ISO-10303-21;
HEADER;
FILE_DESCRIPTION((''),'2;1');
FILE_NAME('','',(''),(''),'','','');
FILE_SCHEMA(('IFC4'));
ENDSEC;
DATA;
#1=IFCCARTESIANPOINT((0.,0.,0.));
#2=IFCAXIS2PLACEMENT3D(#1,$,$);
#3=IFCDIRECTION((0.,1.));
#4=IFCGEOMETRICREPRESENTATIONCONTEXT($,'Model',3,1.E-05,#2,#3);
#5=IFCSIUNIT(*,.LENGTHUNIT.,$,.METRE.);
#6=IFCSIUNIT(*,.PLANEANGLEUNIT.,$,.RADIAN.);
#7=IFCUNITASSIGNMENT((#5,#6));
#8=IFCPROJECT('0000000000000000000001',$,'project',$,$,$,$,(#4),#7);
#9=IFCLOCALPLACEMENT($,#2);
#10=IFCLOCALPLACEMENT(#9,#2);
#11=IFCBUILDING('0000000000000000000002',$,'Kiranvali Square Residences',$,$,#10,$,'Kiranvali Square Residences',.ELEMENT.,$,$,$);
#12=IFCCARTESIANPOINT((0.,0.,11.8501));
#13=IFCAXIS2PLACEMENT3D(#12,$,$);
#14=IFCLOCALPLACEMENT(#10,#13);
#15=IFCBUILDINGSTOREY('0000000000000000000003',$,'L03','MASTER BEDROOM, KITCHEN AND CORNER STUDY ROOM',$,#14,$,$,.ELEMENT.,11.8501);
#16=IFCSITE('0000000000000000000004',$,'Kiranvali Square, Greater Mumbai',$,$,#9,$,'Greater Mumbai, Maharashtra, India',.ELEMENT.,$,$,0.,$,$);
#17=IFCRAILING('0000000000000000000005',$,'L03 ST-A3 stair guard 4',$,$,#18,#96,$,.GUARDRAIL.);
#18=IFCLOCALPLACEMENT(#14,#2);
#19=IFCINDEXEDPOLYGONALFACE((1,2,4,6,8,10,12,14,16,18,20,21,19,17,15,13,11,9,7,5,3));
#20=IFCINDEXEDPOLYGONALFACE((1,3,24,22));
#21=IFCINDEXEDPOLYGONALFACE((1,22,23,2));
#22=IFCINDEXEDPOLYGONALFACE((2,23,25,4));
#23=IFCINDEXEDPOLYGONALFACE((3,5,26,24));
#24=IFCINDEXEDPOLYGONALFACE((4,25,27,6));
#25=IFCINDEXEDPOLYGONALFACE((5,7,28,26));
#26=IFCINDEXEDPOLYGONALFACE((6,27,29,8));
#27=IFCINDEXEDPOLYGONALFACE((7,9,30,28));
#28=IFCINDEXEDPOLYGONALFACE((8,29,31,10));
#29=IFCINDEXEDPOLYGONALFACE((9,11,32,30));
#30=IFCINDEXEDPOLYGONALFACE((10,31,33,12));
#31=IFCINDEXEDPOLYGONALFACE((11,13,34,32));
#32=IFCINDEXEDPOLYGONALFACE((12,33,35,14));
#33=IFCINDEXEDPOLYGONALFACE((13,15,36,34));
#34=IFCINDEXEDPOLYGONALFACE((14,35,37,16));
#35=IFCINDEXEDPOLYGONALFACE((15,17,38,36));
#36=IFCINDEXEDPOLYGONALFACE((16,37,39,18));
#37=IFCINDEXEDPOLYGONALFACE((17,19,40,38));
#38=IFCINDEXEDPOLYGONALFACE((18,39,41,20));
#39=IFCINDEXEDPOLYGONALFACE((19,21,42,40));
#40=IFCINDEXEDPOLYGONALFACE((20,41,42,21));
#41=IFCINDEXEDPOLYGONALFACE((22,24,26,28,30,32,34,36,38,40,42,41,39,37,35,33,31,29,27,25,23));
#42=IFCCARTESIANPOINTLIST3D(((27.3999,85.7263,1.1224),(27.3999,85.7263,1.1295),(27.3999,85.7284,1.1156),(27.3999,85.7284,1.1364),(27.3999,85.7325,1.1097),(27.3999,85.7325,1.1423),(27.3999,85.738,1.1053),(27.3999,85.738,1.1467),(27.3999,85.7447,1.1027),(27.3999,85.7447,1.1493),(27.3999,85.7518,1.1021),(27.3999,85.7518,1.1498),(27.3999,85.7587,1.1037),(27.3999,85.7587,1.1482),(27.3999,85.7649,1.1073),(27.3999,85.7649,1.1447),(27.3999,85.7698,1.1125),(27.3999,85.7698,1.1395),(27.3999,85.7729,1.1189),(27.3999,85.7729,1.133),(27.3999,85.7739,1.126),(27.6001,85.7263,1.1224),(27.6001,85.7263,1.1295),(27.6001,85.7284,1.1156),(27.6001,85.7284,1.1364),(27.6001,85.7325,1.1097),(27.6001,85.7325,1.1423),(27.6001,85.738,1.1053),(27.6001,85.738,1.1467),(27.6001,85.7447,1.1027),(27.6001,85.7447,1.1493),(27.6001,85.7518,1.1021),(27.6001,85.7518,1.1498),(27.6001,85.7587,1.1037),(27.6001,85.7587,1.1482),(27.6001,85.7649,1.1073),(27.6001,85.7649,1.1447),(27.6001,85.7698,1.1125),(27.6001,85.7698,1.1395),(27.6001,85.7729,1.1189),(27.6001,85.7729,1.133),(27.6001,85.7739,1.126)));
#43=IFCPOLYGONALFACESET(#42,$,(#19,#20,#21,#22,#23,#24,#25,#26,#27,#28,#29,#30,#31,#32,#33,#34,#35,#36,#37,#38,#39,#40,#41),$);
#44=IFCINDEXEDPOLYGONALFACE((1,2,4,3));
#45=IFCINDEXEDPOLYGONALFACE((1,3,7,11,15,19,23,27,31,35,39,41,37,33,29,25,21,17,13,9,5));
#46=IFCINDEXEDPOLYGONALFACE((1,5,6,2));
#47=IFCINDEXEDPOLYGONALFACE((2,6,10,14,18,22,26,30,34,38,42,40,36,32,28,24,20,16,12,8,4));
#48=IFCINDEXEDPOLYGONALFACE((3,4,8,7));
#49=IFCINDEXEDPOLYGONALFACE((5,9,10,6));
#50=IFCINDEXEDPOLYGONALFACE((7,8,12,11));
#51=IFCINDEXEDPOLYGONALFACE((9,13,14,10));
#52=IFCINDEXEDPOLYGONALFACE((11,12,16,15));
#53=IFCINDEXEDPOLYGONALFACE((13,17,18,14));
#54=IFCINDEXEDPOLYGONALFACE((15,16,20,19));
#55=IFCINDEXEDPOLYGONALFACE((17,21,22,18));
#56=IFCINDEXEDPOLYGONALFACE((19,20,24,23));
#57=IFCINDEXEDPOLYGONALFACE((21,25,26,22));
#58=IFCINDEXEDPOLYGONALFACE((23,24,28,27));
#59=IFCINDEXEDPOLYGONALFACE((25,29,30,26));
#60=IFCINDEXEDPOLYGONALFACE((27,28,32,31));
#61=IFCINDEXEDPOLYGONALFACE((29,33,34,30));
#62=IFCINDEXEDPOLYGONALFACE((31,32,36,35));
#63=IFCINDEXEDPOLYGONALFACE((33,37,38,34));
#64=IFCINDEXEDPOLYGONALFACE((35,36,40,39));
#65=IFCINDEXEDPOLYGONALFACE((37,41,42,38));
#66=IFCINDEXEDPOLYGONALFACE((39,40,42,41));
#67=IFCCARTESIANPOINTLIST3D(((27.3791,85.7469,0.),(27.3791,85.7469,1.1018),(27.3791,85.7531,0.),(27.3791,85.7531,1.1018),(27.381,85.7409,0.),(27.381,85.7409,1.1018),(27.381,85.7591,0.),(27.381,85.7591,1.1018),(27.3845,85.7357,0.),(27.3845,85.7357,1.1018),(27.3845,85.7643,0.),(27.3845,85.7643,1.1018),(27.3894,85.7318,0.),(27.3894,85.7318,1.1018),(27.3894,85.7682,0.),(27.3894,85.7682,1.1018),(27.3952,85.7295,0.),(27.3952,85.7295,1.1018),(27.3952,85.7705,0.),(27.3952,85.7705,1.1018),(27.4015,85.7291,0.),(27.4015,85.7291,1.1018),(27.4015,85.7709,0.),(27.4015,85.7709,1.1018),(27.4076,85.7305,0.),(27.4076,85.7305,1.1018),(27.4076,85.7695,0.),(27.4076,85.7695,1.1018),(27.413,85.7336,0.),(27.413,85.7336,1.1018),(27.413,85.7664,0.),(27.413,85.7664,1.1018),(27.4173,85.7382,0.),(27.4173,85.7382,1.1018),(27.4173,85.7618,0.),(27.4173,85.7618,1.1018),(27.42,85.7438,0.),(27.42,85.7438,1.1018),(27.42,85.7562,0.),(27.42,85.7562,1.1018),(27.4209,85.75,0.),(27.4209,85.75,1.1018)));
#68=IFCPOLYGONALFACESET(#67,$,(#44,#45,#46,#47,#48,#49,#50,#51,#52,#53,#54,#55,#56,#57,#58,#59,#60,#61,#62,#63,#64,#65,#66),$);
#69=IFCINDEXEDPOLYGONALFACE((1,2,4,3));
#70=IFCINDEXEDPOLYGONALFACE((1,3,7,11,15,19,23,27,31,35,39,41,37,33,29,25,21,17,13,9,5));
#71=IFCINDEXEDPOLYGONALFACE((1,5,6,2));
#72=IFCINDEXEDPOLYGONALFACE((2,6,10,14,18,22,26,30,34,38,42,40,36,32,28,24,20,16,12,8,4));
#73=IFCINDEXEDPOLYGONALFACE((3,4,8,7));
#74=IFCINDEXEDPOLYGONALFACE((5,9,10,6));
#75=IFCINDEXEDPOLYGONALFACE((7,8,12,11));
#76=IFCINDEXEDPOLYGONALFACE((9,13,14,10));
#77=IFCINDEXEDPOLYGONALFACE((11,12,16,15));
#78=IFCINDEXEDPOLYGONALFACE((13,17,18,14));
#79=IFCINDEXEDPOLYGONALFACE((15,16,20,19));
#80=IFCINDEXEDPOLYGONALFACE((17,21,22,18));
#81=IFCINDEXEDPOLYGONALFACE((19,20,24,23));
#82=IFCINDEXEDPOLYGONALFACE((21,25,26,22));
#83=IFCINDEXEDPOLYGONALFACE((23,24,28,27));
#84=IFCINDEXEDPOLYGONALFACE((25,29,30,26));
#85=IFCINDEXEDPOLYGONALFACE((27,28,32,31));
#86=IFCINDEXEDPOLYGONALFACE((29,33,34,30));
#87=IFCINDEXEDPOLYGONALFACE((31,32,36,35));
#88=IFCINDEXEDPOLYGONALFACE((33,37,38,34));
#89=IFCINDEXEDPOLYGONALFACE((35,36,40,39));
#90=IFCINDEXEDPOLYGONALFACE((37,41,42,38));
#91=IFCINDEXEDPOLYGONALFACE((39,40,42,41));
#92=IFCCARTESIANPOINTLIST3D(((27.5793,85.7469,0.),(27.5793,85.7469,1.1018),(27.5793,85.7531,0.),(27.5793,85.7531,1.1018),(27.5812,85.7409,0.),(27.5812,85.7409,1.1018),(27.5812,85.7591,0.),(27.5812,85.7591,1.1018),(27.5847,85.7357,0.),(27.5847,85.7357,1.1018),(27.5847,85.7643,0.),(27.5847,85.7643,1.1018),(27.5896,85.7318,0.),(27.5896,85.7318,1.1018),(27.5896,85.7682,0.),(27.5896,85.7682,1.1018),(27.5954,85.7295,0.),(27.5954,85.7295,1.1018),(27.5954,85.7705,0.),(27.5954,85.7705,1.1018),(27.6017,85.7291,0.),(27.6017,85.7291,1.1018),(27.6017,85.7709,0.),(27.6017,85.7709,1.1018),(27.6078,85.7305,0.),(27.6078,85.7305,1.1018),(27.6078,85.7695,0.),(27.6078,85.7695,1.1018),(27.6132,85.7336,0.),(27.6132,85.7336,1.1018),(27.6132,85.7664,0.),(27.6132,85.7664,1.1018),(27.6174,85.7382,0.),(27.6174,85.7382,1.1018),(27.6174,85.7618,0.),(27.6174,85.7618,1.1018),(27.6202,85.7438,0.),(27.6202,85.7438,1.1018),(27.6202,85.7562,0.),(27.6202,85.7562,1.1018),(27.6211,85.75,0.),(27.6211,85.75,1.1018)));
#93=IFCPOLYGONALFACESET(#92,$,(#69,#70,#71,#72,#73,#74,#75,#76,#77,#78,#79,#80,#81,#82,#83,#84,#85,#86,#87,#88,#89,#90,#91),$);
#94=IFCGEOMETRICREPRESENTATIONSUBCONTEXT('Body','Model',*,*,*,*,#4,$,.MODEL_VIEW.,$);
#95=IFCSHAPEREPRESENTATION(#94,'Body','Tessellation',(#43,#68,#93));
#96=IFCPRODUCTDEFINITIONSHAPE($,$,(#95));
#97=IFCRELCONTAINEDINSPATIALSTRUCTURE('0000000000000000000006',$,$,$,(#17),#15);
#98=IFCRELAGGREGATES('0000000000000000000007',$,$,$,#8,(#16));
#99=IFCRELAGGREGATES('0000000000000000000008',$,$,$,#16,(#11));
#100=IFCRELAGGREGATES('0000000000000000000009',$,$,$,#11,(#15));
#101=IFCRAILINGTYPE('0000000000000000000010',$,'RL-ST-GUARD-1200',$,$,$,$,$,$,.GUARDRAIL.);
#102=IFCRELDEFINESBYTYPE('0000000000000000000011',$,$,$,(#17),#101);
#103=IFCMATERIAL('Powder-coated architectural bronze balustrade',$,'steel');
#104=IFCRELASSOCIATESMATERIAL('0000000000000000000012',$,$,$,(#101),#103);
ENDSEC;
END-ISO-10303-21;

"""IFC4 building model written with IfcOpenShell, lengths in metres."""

from ifc_helpers import new_model, si_unit, direction, frame, origin, origin_2d, place, context, subcontext, project, spatial, circle, extrude, material, type_object, element, save


model = new_model("IFC4")

# Units and contexts
model_context = context("Model", 3, precision=1e-05, world=origin(), true_north=direction((0.0, 1.0)))
body_context = subcontext(model_context, "Body", "Model", "MODEL_VIEW")
ifc_project = project(units=[si_unit("LENGTHUNIT", "METRE"), si_unit("PLANEANGLEUNIT", "RADIAN")], contexts=[model_context])

# Site, building, storey
site_placement = place(None, origin())
site = spatial("IfcSite", under=ifc_project, at=site_placement, Name="Kiranvali Square, Greater Mumbai", LongName="Greater Mumbai, Maharashtra, India", CompositionType="ELEMENT", RefElevation=0.0)
building_placement = place(site_placement, origin())
building = spatial("IfcBuilding", under=site, at=building_placement, Name="Kiranvali Square Residences", LongName="Kiranvali Square Residences", CompositionType="ELEMENT")
storey_placement = place(building_placement, frame((0.0, 0.0, 11.8501)))
storey = spatial("IfcBuildingStorey", under=building, at=storey_placement, Name="L03", Description="MASTER BEDROOM, KITCHEN AND CORNER STUDY ROOM", CompositionType="ELEMENT", Elevation=11.8501)

# Railing
ifc_material_1 = material(Name="Powder-coated architectural bronze balustrade", Category="steel")
railing_type_1 = type_object("IfcRailingType", Name="RL-ST-GUARD-1200", PredefinedType="GUARDRAIL", material=ifc_material_1)
railing_1_placement = place(storey_placement, frame((27.3999, 85.75, 0.0)))
element("IfcRailing", 1, at=railing_1_placement, inside=storey, type_object=railing_type_1, Name="L03 ST-A3 stair guard 4", PredefinedType="GUARDRAIL", context=body_context, shape_type="SweptSolid", body=[
    extrude(circle(Radius=0.0239, at=origin_2d()), frame((0.0, 0.0, 1.126), z_axis=(1.0, 0.0, 0.0), x_axis=(0.0, 1.0, 0.0)), (0.0, 0.0, 1.0), 0.2002),
    extrude(circle(Radius=0.021, at=origin_2d()), origin(), (0.0, 0.0, 1.0), 1.1018),
    extrude(circle(Radius=0.021, at=origin_2d()), frame((0.2002, 0.0, 0.0)), (0.0, 0.0, 1.0), 1.1018),
])

save(model, "model.ifc")
